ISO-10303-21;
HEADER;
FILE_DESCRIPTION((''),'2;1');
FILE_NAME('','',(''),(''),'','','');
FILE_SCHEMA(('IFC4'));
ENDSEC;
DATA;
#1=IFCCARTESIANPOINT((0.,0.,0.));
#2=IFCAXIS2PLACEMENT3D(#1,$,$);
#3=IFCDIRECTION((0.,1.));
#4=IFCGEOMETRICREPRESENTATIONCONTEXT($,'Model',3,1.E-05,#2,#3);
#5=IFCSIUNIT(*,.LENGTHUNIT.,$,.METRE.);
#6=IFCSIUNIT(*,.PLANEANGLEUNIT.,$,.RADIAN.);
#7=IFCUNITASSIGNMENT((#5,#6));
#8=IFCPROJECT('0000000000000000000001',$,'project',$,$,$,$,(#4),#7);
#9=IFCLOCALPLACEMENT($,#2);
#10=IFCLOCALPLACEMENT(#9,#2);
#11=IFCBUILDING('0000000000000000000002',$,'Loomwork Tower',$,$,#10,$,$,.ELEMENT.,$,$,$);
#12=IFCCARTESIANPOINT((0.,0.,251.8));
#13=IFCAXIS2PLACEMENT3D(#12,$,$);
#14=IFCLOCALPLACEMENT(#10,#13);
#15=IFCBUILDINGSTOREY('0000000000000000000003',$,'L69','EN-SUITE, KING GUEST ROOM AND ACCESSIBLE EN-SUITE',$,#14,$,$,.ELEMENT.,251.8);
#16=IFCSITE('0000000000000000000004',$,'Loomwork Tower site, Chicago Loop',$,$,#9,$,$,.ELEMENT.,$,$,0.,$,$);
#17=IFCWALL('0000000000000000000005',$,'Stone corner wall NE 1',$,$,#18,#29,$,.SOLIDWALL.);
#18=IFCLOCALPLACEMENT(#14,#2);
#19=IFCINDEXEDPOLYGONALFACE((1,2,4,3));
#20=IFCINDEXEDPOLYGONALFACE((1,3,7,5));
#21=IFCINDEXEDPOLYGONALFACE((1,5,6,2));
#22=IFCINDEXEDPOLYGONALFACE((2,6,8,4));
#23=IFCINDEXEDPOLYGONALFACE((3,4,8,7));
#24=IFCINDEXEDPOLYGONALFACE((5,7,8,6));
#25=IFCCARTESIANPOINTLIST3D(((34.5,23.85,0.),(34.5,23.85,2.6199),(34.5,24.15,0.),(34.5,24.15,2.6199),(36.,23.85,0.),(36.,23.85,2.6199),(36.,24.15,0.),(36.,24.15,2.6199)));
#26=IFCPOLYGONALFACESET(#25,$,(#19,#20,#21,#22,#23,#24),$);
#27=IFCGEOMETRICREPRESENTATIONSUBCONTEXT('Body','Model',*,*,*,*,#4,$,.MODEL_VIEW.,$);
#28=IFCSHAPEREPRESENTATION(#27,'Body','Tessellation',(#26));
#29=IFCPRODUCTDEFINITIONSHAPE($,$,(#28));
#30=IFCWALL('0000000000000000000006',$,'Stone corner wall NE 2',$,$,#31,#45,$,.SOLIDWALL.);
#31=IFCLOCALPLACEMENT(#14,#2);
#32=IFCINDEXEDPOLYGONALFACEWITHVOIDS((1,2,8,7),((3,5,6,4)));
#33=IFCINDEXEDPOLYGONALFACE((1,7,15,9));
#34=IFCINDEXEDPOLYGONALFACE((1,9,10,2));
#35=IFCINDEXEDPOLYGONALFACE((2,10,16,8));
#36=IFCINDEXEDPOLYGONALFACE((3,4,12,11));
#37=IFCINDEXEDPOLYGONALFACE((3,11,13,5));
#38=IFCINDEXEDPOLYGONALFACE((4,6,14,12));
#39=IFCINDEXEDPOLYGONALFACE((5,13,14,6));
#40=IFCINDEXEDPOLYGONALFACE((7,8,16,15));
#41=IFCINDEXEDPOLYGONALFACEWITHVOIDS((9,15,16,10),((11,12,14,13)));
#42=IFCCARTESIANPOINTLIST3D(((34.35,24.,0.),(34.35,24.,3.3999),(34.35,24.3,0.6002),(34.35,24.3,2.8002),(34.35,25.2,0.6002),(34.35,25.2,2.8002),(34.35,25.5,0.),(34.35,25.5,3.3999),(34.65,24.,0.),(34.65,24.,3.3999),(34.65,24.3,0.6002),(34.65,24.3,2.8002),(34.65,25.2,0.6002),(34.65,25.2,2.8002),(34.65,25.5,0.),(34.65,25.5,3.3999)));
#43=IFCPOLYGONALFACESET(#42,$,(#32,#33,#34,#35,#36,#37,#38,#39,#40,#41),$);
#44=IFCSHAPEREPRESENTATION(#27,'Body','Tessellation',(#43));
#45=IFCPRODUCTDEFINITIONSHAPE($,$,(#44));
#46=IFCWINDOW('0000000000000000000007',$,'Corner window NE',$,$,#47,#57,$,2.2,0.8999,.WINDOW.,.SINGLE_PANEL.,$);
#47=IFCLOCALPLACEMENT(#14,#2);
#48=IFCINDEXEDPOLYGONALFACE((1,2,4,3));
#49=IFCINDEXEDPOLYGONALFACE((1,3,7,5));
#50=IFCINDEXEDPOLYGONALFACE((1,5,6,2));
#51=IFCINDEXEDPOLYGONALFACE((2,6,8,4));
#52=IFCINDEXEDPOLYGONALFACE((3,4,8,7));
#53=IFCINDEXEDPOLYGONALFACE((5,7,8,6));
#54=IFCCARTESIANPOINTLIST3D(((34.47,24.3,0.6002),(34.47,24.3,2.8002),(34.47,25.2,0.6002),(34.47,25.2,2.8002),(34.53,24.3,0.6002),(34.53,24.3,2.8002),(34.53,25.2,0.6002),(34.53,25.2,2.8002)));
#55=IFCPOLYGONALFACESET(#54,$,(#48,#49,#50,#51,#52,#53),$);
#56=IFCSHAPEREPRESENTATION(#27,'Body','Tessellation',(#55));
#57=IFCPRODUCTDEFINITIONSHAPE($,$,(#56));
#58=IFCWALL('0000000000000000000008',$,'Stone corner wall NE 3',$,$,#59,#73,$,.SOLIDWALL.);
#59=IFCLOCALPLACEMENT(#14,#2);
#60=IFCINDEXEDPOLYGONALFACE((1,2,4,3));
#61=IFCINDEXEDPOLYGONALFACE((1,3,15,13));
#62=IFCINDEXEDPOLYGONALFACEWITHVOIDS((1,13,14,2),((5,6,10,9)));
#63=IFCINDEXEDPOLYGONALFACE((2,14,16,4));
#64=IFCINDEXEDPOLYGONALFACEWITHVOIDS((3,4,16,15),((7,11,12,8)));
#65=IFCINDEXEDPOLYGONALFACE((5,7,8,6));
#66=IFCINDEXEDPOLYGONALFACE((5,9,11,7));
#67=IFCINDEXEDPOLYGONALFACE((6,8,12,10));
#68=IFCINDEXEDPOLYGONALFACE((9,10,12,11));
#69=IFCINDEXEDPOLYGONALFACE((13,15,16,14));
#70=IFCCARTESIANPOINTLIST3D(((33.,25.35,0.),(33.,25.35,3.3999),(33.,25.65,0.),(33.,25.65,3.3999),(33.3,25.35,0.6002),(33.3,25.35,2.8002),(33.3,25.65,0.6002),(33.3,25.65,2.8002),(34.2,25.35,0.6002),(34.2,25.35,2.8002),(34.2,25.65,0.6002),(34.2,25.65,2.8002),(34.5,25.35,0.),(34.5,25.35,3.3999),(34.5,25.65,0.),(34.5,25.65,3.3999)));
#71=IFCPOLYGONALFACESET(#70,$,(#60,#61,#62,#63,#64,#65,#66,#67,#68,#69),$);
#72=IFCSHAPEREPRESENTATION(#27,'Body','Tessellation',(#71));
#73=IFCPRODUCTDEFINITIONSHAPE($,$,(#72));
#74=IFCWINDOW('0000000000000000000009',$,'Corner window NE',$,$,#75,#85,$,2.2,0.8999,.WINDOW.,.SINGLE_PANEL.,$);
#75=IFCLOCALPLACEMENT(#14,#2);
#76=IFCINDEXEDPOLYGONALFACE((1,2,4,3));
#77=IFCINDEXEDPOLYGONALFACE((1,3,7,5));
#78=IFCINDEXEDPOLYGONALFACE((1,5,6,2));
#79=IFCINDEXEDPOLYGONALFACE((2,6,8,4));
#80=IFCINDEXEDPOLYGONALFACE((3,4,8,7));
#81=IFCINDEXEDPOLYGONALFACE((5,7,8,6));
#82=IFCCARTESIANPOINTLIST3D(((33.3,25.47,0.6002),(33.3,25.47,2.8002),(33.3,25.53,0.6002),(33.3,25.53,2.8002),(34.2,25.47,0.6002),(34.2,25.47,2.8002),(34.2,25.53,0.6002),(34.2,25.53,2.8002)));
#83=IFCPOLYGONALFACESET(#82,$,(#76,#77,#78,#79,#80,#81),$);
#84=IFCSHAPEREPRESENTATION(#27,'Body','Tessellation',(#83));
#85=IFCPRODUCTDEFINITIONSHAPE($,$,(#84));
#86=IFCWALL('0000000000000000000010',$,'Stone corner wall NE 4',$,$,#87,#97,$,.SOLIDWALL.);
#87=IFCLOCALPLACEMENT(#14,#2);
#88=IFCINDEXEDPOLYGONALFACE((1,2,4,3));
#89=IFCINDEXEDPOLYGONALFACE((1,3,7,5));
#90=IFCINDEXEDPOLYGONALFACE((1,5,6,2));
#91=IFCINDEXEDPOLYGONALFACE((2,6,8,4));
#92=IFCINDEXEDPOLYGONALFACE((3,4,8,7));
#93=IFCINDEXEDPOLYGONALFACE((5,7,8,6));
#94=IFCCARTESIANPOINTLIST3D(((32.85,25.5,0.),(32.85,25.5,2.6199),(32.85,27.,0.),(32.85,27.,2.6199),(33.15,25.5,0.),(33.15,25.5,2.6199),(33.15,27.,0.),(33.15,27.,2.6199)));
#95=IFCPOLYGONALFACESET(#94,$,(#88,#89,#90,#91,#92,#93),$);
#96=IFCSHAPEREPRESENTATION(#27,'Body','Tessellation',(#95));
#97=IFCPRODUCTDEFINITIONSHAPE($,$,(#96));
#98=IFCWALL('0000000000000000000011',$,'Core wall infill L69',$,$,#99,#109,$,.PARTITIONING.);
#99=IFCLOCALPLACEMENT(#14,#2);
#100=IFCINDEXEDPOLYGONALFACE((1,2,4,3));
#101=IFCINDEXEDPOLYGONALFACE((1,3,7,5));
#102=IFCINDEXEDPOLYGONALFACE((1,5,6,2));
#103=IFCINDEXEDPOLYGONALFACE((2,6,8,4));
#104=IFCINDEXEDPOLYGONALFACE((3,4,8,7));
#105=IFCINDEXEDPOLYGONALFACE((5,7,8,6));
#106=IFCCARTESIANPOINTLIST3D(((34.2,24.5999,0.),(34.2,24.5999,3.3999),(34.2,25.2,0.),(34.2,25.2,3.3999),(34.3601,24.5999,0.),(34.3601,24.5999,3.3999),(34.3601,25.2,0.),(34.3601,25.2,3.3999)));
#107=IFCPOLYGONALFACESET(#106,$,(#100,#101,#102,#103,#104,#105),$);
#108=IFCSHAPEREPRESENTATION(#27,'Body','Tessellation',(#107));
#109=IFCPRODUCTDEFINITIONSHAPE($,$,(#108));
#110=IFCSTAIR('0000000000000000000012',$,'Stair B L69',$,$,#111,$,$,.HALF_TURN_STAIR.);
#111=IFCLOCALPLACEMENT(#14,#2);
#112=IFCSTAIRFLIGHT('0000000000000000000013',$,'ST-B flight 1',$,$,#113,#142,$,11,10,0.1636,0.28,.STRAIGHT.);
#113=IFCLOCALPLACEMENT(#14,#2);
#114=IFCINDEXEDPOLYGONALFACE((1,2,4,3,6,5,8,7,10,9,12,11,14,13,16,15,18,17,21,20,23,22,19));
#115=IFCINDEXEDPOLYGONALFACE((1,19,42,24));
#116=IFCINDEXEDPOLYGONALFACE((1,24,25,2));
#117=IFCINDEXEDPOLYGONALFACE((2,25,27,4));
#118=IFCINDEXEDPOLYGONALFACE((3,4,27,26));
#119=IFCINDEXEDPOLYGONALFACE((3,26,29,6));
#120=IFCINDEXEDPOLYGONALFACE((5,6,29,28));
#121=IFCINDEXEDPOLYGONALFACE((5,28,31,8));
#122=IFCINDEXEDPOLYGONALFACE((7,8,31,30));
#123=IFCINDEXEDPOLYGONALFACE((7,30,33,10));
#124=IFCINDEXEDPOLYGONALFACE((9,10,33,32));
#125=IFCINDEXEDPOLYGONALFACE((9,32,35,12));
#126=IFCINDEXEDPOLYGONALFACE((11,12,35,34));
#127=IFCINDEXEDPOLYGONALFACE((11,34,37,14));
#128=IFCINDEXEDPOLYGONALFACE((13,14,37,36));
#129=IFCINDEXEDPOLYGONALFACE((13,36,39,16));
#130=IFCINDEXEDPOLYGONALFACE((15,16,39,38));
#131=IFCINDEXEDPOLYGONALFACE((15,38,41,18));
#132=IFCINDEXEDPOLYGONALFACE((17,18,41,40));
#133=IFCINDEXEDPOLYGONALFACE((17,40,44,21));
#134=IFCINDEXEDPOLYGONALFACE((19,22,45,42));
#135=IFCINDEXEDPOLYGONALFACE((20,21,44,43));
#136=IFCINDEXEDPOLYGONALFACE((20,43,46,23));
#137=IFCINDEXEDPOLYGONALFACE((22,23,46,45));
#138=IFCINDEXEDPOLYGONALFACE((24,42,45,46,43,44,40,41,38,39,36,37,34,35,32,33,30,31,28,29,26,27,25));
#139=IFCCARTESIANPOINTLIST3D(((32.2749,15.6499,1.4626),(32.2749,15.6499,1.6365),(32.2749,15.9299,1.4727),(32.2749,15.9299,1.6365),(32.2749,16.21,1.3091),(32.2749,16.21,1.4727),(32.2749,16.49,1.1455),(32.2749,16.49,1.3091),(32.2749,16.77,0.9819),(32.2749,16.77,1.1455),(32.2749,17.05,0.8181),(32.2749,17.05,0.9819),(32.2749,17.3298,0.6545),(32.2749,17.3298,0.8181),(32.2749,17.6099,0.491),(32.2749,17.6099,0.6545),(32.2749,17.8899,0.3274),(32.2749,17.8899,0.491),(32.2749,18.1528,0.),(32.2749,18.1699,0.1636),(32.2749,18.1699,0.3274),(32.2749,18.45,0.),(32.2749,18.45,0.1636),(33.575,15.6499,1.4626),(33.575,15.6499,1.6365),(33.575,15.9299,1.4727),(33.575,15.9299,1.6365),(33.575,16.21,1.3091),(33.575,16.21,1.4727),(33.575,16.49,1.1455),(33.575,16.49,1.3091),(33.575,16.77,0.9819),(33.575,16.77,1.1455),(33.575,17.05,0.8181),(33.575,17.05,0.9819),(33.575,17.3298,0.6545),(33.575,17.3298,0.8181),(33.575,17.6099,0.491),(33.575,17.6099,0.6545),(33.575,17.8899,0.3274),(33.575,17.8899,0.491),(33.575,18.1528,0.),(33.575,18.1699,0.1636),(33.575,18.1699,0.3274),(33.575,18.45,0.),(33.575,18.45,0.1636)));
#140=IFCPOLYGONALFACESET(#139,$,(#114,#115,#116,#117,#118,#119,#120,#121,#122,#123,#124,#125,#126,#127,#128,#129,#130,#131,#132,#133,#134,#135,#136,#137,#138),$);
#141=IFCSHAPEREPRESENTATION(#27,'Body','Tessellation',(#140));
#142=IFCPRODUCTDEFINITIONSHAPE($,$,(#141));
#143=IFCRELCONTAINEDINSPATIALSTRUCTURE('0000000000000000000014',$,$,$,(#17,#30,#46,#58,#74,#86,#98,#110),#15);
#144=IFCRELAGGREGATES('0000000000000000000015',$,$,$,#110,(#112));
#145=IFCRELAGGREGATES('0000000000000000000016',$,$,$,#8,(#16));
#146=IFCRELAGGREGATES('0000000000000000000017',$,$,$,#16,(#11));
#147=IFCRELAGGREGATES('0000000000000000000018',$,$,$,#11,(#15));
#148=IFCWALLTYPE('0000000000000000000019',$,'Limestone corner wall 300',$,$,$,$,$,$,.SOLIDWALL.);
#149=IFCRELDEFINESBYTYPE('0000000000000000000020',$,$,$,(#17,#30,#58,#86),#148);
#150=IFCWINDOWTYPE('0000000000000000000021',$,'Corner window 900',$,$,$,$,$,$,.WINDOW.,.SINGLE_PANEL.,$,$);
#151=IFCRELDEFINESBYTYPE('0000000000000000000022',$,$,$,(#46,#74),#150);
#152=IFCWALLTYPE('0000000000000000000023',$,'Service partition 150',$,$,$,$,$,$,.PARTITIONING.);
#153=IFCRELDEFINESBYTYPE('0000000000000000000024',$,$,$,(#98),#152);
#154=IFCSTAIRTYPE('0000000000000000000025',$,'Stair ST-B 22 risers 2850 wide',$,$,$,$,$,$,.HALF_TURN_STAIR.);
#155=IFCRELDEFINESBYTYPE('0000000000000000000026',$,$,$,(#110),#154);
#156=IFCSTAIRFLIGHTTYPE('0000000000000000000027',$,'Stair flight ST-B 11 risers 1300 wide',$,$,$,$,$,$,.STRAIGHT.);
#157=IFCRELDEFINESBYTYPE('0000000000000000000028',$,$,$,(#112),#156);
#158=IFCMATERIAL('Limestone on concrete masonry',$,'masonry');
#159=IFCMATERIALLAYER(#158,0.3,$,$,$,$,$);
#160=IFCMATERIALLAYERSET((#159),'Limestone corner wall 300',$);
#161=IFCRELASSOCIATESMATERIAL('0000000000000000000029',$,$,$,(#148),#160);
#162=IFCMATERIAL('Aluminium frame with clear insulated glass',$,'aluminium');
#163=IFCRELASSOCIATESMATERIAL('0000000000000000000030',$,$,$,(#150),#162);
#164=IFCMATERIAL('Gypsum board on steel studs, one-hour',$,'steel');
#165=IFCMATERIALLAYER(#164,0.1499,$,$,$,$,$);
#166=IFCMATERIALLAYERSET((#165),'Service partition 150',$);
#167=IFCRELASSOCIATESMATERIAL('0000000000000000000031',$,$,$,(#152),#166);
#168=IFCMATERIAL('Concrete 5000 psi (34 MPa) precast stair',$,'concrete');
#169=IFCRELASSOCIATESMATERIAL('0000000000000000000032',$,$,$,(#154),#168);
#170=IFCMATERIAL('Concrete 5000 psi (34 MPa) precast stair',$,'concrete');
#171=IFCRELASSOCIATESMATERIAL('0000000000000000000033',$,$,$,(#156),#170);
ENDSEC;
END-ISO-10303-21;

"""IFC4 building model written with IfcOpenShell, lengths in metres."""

from ifc_helpers import new_model, si_unit, direction, frame, frame_2d, origin, place, context, subcontext, project, spatial, polyline, rectangle, outline, extrude, material, layer, layer_set, type_object, element, fill, aggregate, save


model = new_model("IFC4")

# Units and contexts
model_context = context("Model", 3, precision=1e-05, world=origin(), true_north=direction((0.0, 1.0)))
body_context = subcontext(model_context, "Body", "Model", "MODEL_VIEW")
ifc_project = project(units=[si_unit("LENGTHUNIT", "METRE"), si_unit("PLANEANGLEUNIT", "RADIAN")], contexts=[model_context])

# Site, building, storey
site_placement = place(None, origin())
site = spatial("IfcSite", under=ifc_project, at=site_placement, Name="Loomwork Tower site, Chicago Loop", CompositionType="ELEMENT", RefElevation=0.0)
building_placement = place(site_placement, origin())
building = spatial("IfcBuilding", under=site, at=building_placement, Name="Loomwork Tower", CompositionType="ELEMENT")
storey_placement = place(building_placement, frame((0.0, 0.0, 251.8)))
storey = spatial("IfcBuildingStorey", under=building, at=storey_placement, Name="L69", Description="EN-SUITE, KING GUEST ROOM AND ACCESSIBLE EN-SUITE", CompositionType="ELEMENT", Elevation=251.8)

# Wall
ifc_material_1 = material(Name="Limestone on concrete masonry", Category="masonry")
ifc_layer_1 = layer(ifc_material_1, 0.3)
ifc_layer_set_1 = layer_set([ifc_layer_1], Name="Limestone corner wall 300")
wall_type_1 = type_object("IfcWallType", Name="Limestone corner wall 300", PredefinedType="SOLIDWALL", material=ifc_layer_set_1)
wall_1_placement = place(storey_placement, frame((36.0, 24.0, 0.0), z_axis=(0.0, 0.0, 1.0), x_axis=(-1.0, 0.0, 0.0)))
element("IfcWall", 1, at=wall_1_placement, inside=storey, type_object=wall_type_1, Name="Stone corner wall NE 1", PredefinedType="SOLIDWALL", context=body_context, shape_type="SweptSolid", body=[
    extrude(rectangle(XDim=1.5, YDim=0.3, at=frame_2d((0.75, 0.0))), origin(), (0.0, 0.0, 1.0), 2.6199),
])

# Walls, openings, windows
wall_2_placement = place(storey_placement, frame((34.5, 24.0, 0.0), z_axis=(0.0, 0.0, 1.0), x_axis=(0.0, 1.0, 0.0)))
wall_2 = element("IfcWall", 2, at=wall_2_placement, inside=storey, type_object=wall_type_1, Name="Stone corner wall NE 2", PredefinedType="SOLIDWALL", context=body_context, shape_type="SweptSolid", body=[
    extrude(rectangle(XDim=1.5, YDim=0.3, at=frame_2d((0.75, 0.0))), origin(), (0.0, 0.0, 1.0), 3.3999),
])
opening_1_placement = place(wall_2_placement, frame((0.3, 0.0, 0.6001)))
opening_1 = element("IfcOpeningElement", 3, at=opening_1_placement, cuts=wall_2, PredefinedType="OPENING", context=body_context, shape_type="SweptSolid", body=[
    extrude(rectangle(XDim=0.8999, YDim=2.2, at=frame_2d((0.45, 1.1001))), frame((0.0, 0.1599, 0.0), z_axis=(0.0, -1.0, 0.0), x_axis=(1.0, 0.0, 0.0)), (0.0, 0.0, 1.0), 0.3201),
])
ifc_material_2 = material(Name="Aluminium frame with clear insulated glass", Category="aluminium")
window_type = type_object("IfcWindowType", Name="Corner window 900", PartitioningType="SINGLE_PANEL", PredefinedType="WINDOW", material=ifc_material_2)
window_1_placement = place(opening_1_placement, origin())
window_1 = element("IfcWindow", 4, at=window_1_placement, inside=storey, type_object=window_type, Name="Corner window NE", OverallHeight=2.2, OverallWidth=0.8999, PartitioningType="SINGLE_PANEL", PredefinedType="WINDOW", context=body_context, shape_type="SweptSolid", body=[
    extrude(rectangle(XDim=0.8999, YDim=2.2, at=frame_2d((0.45, 1.1001))), frame((0.0, 0.03, 0.0), z_axis=(0.0, -1.0, 0.0), x_axis=(1.0, 0.0, 0.0)), (0.0, 0.0, 1.0), 0.0601),
])
fill(opening_1, window_1)
wall_3_placement = place(storey_placement, frame((34.5, 25.5, 0.0), z_axis=(0.0, 0.0, 1.0), x_axis=(-1.0, 0.0, 0.0)))
wall_3 = element("IfcWall", 5, at=wall_3_placement, inside=storey, type_object=wall_type_1, Name="Stone corner wall NE 3", PredefinedType="SOLIDWALL", context=body_context, shape_type="SweptSolid", body=[
    extrude(rectangle(XDim=1.5, YDim=0.3, at=frame_2d((0.75, 0.0))), origin(), (0.0, 0.0, 1.0), 3.3999),
])
opening_2_placement = place(wall_3_placement, frame((0.3, 0.0, 0.6001)))
opening_2 = element("IfcOpeningElement", 6, at=opening_2_placement, cuts=wall_3, PredefinedType="OPENING", context=body_context, shape_type="SweptSolid", body=[
    extrude(rectangle(XDim=0.8999, YDim=2.2, at=frame_2d((0.45, 1.1001))), frame((0.0, 0.1599, 0.0), z_axis=(0.0, -1.0, 0.0), x_axis=(1.0, 0.0, 0.0)), (0.0, 0.0, 1.0), 0.3201),
])
window_2_placement = place(opening_2_placement, origin())
window_2 = element("IfcWindow", 7, at=window_2_placement, inside=storey, type_object=window_type, Name="Corner window NE", OverallHeight=2.2, OverallWidth=0.8999, PartitioningType="SINGLE_PANEL", PredefinedType="WINDOW", context=body_context, shape_type="SweptSolid", body=[
    extrude(rectangle(XDim=0.8999, YDim=2.2, at=frame_2d((0.45, 1.1001))), frame((0.0, 0.03, 0.0), z_axis=(0.0, -1.0, 0.0), x_axis=(1.0, 0.0, 0.0)), (0.0, 0.0, 1.0), 0.0601),
])
fill(opening_2, window_2)

# Walls
wall_4_placement = place(storey_placement, frame((33.0, 25.5, 0.0), z_axis=(0.0, 0.0, 1.0), x_axis=(0.0, 1.0, 0.0)))
element("IfcWall", 8, at=wall_4_placement, inside=storey, type_object=wall_type_1, Name="Stone corner wall NE 4", PredefinedType="SOLIDWALL", context=body_context, shape_type="SweptSolid", body=[
    extrude(rectangle(XDim=1.5, YDim=0.3, at=frame_2d((0.75, 0.0))), origin(), (0.0, 0.0, 1.0), 2.6199),
])
ifc_material_3 = material(Name="Gypsum board on steel studs, one-hour", Category="steel")
ifc_layer_2 = layer(ifc_material_3, 0.1499)
ifc_layer_set_2 = layer_set([ifc_layer_2], Name="Service partition 150")
wall_type_2 = type_object("IfcWallType", Name="Service partition 150", PredefinedType="PARTITIONING", material=ifc_layer_set_2)
wall_5_placement = place(storey_placement, frame((34.2, 24.8999, 0.0), z_axis=(0.0, 0.0, 1.0), x_axis=(1.0, 0.0, 0.0)))
element("IfcWall", 9, at=wall_5_placement, inside=storey, type_object=wall_type_2, Name="Core wall infill L69", PredefinedType="PARTITIONING", context=body_context, shape_type="SweptSolid", body=[
    extrude(rectangle(XDim=0.1602, YDim=0.6001, at=frame_2d((0.0801, 0.0))), origin(), (0.0, 0.0, 1.0), 3.3999),
])

# Stair, stair flight
ifc_material_4 = material(Name="Concrete 5000 psi (34 MPa) precast stair", Category="concrete")
stair_type = type_object("IfcStairType", Name="Stair ST-B 22 risers 2850 wide", PredefinedType="HALF_TURN_STAIR", material=ifc_material_4)
stair_placement = place(storey_placement, origin())
stair = element("IfcStair", 10, at=stair_placement, inside=storey, type_object=stair_type, Name="Stair B L69", PredefinedType="HALF_TURN_STAIR")
ifc_material_5 = material(Name="Concrete 5000 psi (34 MPa) precast stair", Category="concrete")
stair_flight_type = type_object("IfcStairFlightType", Name="Stair flight ST-B 11 risers 1300 wide", PredefinedType="STRAIGHT", material=ifc_material_5)
stair_flight_placement = place(storey_placement, frame((32.925, 18.45, 0.0), z_axis=(0.0, 0.0, 1.0), x_axis=(0.0, -1.0, 0.0)))
stair_flight = element("IfcStairFlight", 11, at=stair_flight_placement, type_object=stair_flight_type, Name="ST-B flight 1", NumberOfRisers=11, NumberOfTreads=10, PredefinedType="STRAIGHT", RiserHeight=0.1636, TreadLength=0.28, context=body_context, shape_type="SweptSolid", body=[
    extrude(outline(polyline([(0.0, 0.0), (0.0, 0.1636), (0.28, 0.1636), (0.28, 0.3274), (0.5601, 0.3274), (0.5601, 0.491), (0.8401, 0.491), (0.8401, 0.6545), (1.1201, 0.6545), (1.1201, 0.8181), (1.3999, 0.8181), (1.3999, 0.9819), (1.6799, 0.9819), (1.6799, 1.1455), (1.96, 1.1455), (1.96, 1.3091), (2.24, 1.3091), (2.24, 1.4727), (2.52, 1.4727), (2.52, 1.6365), (2.8, 1.6365), (2.8, 1.8), (2.8, 1.4626), (0.2971, 0.0), (0.0, 0.0)])), frame((0.0, 0.6499, 0.0), z_axis=(0.0, -1.0, 0.0), x_axis=(1.0, 0.0, 0.0)), (0.0, 0.0, 1.0), 1.3),
])
aggregate(stair, [stair_flight])

save(model, "model.ifc")
